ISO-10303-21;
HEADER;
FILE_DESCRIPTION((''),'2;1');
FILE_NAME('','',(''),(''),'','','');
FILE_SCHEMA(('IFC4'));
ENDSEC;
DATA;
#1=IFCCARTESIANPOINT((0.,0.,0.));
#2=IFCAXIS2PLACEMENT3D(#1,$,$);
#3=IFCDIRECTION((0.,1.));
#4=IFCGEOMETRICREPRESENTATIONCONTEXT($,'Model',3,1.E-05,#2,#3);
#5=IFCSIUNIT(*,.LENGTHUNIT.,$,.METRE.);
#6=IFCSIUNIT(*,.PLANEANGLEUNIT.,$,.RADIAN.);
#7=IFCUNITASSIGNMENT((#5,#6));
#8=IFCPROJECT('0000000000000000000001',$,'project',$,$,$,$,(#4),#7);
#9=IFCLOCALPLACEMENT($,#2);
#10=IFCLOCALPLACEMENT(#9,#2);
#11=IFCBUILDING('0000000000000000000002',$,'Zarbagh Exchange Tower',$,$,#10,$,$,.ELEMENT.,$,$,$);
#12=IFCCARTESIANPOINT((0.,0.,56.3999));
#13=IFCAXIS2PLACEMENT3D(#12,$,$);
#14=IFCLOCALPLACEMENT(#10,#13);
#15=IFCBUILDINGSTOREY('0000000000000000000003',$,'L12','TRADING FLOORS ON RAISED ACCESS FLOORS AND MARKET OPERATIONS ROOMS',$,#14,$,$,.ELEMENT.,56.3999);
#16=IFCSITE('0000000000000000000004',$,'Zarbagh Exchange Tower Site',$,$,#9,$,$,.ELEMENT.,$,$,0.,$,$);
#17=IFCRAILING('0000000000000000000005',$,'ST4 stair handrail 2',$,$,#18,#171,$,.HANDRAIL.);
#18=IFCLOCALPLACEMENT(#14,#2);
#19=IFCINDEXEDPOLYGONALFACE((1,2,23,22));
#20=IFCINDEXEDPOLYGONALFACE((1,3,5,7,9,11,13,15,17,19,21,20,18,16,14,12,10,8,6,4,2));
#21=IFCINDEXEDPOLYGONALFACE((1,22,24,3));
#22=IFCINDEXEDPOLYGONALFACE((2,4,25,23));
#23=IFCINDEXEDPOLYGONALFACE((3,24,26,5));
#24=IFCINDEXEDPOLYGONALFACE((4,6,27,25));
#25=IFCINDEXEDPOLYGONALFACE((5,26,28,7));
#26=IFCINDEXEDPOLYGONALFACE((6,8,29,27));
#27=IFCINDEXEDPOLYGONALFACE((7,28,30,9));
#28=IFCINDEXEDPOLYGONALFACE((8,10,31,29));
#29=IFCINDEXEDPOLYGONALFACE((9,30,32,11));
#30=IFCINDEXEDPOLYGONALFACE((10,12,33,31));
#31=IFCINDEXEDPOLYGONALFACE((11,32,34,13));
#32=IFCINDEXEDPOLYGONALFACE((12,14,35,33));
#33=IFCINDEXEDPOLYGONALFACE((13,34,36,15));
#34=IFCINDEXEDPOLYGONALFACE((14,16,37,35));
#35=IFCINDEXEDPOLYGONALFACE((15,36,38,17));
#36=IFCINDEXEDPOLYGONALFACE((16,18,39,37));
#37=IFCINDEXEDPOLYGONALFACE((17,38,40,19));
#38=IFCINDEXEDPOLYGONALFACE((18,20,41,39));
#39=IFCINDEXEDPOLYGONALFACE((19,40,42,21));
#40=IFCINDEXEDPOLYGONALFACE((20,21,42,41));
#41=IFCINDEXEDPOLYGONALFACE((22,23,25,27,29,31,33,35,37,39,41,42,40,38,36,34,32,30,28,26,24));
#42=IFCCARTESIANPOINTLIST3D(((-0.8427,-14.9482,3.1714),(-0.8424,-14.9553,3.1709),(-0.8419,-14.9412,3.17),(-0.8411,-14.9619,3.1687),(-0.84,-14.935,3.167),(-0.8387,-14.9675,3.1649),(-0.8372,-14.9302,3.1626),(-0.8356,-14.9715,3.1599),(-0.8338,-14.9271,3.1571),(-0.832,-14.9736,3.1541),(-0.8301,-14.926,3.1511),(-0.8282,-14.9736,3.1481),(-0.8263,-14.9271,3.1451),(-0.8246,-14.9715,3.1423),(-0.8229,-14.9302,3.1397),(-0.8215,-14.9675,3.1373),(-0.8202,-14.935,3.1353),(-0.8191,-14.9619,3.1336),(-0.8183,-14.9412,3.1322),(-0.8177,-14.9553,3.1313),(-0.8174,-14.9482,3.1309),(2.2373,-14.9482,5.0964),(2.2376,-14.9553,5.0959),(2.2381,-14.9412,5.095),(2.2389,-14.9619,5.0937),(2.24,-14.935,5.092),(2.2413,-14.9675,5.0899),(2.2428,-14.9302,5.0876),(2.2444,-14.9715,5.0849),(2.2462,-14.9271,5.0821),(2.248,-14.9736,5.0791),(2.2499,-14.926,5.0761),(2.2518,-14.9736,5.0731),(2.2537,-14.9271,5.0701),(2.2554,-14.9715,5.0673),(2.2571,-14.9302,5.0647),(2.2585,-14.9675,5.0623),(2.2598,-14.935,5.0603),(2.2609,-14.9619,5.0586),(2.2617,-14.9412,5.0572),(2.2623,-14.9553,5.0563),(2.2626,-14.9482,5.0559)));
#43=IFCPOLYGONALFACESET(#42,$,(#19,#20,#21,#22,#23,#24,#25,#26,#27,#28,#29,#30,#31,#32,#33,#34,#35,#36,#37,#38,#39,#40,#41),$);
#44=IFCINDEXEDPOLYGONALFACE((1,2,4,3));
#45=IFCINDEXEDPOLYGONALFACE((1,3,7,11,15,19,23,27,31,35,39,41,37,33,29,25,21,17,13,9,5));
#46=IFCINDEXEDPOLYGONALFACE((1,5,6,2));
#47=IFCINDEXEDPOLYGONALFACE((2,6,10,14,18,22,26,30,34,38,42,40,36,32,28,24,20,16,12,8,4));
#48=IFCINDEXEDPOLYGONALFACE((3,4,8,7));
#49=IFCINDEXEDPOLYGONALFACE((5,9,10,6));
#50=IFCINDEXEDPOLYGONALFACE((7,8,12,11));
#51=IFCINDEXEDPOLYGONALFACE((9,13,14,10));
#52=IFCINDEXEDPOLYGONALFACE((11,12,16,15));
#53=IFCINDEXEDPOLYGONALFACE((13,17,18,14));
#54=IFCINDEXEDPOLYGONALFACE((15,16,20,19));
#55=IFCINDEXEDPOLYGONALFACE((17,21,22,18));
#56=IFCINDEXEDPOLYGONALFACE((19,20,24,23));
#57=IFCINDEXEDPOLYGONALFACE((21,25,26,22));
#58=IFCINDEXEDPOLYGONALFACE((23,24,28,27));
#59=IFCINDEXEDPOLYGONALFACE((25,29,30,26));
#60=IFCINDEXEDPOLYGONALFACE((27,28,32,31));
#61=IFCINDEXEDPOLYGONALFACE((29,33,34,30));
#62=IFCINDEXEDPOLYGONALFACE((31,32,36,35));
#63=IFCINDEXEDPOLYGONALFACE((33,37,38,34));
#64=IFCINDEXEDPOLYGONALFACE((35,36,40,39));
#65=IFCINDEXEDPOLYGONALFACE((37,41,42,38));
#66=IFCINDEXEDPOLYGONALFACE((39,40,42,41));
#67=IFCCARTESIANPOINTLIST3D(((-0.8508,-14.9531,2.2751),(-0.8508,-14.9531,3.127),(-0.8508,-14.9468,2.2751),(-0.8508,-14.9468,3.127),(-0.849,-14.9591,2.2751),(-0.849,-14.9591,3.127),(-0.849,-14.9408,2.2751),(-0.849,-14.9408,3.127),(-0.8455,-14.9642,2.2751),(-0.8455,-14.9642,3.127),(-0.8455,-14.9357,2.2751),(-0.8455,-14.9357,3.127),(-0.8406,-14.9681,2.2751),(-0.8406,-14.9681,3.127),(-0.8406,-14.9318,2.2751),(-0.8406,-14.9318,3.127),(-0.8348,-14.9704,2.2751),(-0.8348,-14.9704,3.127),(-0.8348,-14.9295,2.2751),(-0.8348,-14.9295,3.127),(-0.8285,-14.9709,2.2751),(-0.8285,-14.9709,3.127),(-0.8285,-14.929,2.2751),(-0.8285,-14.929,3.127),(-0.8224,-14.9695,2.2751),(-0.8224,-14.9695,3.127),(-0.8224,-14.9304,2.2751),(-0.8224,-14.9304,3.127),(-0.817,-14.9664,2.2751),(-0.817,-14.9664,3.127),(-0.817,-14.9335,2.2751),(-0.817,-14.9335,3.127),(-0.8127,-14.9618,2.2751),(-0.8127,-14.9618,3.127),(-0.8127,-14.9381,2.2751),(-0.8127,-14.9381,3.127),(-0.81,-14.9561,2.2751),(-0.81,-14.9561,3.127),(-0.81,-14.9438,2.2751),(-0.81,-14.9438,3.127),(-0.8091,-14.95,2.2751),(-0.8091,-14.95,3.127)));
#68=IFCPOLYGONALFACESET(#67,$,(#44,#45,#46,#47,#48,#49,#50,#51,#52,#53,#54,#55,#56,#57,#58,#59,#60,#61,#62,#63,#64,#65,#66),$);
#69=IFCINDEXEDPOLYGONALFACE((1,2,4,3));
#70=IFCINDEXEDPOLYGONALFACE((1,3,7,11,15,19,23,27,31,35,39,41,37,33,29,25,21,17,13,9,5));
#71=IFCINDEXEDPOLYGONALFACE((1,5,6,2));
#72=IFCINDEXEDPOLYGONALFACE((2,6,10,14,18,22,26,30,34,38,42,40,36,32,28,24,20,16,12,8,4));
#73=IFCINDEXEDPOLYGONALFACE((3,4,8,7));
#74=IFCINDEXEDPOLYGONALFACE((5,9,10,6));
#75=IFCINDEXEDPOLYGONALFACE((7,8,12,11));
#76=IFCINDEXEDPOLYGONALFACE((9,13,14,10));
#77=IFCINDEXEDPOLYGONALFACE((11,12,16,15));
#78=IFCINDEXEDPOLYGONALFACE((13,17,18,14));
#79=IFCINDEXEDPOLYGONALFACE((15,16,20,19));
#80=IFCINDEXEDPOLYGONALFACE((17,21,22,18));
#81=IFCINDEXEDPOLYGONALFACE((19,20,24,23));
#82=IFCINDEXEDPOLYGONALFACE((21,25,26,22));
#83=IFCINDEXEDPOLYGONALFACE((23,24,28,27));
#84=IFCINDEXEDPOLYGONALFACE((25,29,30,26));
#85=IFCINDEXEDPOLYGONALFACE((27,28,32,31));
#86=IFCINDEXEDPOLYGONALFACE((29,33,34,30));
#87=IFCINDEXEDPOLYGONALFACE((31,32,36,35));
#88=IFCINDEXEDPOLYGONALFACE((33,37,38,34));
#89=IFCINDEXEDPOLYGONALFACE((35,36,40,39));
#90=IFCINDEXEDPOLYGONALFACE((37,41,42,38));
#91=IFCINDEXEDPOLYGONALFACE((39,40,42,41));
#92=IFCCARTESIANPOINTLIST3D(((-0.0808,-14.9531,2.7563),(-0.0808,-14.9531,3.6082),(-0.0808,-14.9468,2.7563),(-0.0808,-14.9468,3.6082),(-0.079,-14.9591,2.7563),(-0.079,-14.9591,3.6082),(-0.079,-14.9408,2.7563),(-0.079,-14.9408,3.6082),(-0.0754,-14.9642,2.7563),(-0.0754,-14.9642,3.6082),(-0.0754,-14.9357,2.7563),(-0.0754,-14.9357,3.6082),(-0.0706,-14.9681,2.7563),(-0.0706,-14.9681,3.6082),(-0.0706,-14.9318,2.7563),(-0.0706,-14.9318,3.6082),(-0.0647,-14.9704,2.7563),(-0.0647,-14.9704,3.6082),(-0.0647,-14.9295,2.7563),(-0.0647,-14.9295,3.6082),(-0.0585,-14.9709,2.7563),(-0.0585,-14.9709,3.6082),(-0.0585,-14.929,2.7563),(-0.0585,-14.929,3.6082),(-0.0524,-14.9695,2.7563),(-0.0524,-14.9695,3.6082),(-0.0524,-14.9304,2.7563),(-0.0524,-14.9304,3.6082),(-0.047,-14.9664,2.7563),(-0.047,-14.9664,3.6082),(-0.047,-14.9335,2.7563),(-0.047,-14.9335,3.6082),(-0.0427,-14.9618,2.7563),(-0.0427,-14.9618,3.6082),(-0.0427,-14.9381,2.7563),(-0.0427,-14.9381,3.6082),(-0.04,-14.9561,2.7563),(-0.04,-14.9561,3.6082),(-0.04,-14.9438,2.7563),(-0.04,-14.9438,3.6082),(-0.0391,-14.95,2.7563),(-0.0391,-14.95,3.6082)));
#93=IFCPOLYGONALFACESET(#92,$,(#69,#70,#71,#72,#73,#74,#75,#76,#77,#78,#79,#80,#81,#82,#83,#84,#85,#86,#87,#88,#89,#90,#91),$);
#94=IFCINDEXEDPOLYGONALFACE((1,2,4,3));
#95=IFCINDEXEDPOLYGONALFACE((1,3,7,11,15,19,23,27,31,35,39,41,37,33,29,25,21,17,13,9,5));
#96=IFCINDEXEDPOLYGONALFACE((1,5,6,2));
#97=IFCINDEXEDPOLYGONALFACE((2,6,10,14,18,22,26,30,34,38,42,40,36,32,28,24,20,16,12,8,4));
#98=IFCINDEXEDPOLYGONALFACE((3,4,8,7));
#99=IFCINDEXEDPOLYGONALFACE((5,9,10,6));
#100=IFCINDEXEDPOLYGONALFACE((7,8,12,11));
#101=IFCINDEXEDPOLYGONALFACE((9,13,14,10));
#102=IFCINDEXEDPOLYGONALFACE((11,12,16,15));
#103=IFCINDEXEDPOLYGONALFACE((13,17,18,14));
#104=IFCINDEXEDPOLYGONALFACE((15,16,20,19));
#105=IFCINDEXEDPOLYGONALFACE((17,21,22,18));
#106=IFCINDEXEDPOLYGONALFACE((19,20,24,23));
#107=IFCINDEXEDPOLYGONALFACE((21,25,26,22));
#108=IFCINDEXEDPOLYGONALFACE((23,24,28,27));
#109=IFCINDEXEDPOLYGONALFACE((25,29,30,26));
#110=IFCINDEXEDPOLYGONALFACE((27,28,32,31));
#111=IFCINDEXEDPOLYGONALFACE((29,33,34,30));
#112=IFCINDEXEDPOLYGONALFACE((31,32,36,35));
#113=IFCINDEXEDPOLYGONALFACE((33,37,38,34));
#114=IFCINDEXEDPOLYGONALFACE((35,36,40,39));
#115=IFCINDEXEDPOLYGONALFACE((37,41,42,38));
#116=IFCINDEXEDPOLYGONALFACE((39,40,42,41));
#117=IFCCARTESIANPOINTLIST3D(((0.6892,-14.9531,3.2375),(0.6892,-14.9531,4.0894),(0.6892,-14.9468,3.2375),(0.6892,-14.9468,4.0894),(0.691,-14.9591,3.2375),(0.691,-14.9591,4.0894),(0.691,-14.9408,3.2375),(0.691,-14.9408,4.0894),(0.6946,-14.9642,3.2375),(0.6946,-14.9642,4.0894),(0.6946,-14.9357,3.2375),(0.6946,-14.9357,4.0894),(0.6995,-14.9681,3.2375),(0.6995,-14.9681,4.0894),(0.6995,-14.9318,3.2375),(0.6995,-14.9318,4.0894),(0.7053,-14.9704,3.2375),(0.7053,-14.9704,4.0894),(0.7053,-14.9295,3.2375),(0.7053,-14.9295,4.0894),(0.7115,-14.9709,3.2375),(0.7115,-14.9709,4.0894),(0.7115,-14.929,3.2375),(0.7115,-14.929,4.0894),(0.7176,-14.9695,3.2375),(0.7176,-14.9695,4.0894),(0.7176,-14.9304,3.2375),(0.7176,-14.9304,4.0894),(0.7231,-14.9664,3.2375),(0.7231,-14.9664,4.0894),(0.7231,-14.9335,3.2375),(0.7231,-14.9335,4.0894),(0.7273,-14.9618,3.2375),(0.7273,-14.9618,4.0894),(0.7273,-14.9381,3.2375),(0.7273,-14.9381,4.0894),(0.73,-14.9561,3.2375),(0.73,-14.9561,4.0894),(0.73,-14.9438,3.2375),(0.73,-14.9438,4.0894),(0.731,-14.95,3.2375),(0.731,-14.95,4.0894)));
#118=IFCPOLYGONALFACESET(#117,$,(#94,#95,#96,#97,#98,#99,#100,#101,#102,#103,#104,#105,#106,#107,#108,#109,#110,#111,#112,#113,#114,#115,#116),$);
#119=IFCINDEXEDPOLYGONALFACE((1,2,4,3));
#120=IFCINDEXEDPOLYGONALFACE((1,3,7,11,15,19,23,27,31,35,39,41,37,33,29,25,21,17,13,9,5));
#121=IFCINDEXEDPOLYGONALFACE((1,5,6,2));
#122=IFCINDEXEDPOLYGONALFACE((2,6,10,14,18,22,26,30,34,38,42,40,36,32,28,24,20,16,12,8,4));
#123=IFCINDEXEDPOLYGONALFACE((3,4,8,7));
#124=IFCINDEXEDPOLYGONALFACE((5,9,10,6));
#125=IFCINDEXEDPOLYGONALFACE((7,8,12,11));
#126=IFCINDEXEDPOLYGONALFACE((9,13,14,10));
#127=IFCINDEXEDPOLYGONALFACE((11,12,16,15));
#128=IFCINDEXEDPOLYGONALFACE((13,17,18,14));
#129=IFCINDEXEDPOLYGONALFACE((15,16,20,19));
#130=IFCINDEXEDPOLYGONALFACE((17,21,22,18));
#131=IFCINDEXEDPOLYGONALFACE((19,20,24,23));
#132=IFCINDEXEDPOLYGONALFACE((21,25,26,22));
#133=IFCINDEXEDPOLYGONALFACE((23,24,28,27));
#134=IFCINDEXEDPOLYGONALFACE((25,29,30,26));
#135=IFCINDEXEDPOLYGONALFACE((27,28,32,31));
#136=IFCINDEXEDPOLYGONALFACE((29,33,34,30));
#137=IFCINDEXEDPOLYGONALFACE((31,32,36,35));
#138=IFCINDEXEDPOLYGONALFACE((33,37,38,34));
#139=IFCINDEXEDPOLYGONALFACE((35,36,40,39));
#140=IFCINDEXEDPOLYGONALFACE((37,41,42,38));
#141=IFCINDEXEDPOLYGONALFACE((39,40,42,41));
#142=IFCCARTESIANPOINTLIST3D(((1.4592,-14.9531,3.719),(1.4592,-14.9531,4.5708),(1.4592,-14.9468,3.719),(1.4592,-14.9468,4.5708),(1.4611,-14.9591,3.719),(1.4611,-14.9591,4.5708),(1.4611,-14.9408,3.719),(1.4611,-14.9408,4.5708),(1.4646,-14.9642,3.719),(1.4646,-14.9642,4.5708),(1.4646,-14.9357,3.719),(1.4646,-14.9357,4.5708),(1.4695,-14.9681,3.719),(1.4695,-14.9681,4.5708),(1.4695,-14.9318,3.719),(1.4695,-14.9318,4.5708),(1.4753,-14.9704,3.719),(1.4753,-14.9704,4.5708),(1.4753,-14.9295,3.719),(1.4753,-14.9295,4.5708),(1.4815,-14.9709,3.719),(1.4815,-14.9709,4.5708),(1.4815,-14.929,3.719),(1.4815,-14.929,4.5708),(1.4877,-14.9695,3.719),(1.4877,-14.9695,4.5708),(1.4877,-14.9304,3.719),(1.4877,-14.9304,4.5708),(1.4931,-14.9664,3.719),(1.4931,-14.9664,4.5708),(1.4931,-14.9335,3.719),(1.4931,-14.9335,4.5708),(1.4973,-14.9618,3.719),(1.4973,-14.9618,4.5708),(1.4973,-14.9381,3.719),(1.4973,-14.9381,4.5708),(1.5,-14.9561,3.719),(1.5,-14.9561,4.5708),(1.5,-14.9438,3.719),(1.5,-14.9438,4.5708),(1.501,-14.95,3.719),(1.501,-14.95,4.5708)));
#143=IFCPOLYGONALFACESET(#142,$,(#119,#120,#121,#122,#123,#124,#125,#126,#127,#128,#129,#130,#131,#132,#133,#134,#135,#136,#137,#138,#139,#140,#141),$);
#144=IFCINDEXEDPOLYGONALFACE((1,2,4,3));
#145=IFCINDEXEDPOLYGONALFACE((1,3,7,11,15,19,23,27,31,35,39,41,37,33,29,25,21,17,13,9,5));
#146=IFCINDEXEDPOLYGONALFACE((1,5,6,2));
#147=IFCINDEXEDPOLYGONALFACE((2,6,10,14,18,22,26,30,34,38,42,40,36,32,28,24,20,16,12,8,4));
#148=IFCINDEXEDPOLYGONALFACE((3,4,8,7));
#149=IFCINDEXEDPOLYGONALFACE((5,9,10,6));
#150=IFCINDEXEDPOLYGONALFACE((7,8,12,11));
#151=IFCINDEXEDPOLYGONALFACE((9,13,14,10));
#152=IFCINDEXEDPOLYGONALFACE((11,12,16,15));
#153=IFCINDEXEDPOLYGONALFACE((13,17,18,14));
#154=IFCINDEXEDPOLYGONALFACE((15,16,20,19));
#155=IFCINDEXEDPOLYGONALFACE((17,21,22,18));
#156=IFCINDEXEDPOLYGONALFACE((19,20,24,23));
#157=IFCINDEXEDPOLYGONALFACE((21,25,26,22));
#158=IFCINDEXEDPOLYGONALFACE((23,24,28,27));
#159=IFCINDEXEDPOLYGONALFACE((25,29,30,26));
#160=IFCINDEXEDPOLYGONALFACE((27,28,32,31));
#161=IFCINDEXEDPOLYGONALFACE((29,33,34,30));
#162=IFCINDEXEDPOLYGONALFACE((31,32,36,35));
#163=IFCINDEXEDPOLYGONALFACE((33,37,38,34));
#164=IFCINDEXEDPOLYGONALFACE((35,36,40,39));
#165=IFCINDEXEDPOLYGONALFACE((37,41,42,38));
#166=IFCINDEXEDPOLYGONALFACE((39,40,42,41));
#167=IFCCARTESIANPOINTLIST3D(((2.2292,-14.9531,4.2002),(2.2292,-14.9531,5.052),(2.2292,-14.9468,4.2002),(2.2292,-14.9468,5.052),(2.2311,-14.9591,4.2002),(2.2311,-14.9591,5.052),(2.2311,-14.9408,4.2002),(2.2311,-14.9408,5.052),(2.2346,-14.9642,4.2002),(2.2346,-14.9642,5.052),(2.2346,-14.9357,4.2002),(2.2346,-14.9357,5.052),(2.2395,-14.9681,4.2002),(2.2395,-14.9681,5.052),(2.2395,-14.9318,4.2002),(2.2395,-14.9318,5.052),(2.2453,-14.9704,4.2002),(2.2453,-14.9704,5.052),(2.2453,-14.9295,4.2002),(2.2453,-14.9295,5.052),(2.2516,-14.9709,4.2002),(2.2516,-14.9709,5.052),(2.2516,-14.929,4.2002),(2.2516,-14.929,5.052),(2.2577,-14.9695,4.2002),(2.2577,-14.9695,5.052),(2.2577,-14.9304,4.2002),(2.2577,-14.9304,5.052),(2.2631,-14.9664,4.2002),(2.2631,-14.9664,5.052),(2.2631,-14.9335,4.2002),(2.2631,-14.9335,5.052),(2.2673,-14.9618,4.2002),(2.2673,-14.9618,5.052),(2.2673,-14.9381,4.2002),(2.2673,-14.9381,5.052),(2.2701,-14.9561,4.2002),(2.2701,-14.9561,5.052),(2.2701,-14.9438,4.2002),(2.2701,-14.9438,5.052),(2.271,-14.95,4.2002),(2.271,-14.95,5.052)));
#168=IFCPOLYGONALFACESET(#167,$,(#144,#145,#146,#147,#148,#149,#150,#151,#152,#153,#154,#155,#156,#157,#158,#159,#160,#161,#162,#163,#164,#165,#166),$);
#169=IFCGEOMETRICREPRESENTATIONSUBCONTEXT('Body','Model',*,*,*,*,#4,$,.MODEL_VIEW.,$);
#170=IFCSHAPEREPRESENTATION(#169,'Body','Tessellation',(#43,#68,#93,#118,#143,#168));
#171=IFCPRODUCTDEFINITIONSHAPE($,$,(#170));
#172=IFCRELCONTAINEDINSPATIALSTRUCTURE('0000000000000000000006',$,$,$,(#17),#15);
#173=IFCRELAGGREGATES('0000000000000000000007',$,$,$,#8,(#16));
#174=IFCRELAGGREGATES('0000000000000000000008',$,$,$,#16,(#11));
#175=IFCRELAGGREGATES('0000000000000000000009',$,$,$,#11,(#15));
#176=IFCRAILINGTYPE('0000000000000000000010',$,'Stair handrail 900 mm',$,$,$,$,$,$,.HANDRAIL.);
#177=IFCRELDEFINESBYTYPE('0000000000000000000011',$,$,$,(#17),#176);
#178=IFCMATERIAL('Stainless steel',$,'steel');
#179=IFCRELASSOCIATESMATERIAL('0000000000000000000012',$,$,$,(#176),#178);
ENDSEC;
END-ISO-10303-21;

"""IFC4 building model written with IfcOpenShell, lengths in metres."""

from ifc_helpers import new_model, si_unit, direction, frame, origin, origin_2d, place, context, subcontext, project, spatial, circle, extrude, material, type_object, element, save


model = new_model("IFC4")

# Units and contexts
model_context = context("Model", 3, precision=1e-05, world=origin(), true_north=direction((0.0, 1.0)))
body_context = subcontext(model_context, "Body", "Model", "MODEL_VIEW")
ifc_project = project(units=[si_unit("LENGTHUNIT", "METRE"), si_unit("PLANEANGLEUNIT", "RADIAN")], contexts=[model_context])

# Site, building, storey
site_placement = place(None, origin())
site = spatial("IfcSite", under=ifc_project, at=site_placement, Name="Zarbagh Exchange Tower Site", CompositionType="ELEMENT", RefElevation=0.0)
building_placement = place(site_placement, origin())
building = spatial("IfcBuilding", under=site, at=building_placement, Name="Zarbagh Exchange Tower", CompositionType="ELEMENT")
storey_placement = place(building_placement, frame((0.0, 0.0, 56.3999)))
storey = spatial("IfcBuildingStorey", under=building, at=storey_placement, Name="L12", Description="TRADING FLOORS ON RAISED ACCESS FLOORS AND MARKET OPERATIONS ROOMS", CompositionType="ELEMENT", Elevation=56.3999)

# Shared definitions
ifc_material_1 = material(Name="Stainless steel", Category="steel")

# Railing
railing_type_1 = type_object("IfcRailingType", Name="Stair handrail 900 mm", PredefinedType="HANDRAIL", material=ifc_material_1)
for number, where, name in (
    (1, (-0.8301, -14.95, 2.2751), "ST4 stair handrail 2"),
):
    element("IfcRailing", number, at=place(storey_placement, frame(where)), inside=storey, type_object=railing_type_1, Name=name, PredefinedType="HANDRAIL", context=body_context, shape_type="SweptSolid", body=[
        extrude(circle(Radius=0.0239, at=origin_2d()), frame((0.0, 0.0, 0.876), z_axis=(0.847998, 0.0, 0.529999), x_axis=(0.0, 1.0, 0.0)), (0.0, 0.0, 1.0), 3.6321),
        extrude(circle(Radius=0.021, at=origin_2d()), origin(), (0.0, 0.0, 1.0), 0.8518),
        extrude(circle(Radius=0.021, at=origin_2d()), frame((0.77, 0.0, 0.4812)), (0.0, 0.0, 1.0), 0.8518),
        extrude(circle(Radius=0.021, at=origin_2d()), frame((1.54, 0.0, 0.9624)), (0.0, 0.0, 1.0), 0.8518),
        extrude(circle(Radius=0.021, at=origin_2d()), frame((2.3101, 0.0, 1.4438)), (0.0, 0.0, 1.0), 0.8518),
        extrude(circle(Radius=0.021, at=origin_2d()), frame((3.0801, 0.0, 1.925)), (0.0, 0.0, 1.0), 0.8518),
    ])

save(model, "model.ifc")
